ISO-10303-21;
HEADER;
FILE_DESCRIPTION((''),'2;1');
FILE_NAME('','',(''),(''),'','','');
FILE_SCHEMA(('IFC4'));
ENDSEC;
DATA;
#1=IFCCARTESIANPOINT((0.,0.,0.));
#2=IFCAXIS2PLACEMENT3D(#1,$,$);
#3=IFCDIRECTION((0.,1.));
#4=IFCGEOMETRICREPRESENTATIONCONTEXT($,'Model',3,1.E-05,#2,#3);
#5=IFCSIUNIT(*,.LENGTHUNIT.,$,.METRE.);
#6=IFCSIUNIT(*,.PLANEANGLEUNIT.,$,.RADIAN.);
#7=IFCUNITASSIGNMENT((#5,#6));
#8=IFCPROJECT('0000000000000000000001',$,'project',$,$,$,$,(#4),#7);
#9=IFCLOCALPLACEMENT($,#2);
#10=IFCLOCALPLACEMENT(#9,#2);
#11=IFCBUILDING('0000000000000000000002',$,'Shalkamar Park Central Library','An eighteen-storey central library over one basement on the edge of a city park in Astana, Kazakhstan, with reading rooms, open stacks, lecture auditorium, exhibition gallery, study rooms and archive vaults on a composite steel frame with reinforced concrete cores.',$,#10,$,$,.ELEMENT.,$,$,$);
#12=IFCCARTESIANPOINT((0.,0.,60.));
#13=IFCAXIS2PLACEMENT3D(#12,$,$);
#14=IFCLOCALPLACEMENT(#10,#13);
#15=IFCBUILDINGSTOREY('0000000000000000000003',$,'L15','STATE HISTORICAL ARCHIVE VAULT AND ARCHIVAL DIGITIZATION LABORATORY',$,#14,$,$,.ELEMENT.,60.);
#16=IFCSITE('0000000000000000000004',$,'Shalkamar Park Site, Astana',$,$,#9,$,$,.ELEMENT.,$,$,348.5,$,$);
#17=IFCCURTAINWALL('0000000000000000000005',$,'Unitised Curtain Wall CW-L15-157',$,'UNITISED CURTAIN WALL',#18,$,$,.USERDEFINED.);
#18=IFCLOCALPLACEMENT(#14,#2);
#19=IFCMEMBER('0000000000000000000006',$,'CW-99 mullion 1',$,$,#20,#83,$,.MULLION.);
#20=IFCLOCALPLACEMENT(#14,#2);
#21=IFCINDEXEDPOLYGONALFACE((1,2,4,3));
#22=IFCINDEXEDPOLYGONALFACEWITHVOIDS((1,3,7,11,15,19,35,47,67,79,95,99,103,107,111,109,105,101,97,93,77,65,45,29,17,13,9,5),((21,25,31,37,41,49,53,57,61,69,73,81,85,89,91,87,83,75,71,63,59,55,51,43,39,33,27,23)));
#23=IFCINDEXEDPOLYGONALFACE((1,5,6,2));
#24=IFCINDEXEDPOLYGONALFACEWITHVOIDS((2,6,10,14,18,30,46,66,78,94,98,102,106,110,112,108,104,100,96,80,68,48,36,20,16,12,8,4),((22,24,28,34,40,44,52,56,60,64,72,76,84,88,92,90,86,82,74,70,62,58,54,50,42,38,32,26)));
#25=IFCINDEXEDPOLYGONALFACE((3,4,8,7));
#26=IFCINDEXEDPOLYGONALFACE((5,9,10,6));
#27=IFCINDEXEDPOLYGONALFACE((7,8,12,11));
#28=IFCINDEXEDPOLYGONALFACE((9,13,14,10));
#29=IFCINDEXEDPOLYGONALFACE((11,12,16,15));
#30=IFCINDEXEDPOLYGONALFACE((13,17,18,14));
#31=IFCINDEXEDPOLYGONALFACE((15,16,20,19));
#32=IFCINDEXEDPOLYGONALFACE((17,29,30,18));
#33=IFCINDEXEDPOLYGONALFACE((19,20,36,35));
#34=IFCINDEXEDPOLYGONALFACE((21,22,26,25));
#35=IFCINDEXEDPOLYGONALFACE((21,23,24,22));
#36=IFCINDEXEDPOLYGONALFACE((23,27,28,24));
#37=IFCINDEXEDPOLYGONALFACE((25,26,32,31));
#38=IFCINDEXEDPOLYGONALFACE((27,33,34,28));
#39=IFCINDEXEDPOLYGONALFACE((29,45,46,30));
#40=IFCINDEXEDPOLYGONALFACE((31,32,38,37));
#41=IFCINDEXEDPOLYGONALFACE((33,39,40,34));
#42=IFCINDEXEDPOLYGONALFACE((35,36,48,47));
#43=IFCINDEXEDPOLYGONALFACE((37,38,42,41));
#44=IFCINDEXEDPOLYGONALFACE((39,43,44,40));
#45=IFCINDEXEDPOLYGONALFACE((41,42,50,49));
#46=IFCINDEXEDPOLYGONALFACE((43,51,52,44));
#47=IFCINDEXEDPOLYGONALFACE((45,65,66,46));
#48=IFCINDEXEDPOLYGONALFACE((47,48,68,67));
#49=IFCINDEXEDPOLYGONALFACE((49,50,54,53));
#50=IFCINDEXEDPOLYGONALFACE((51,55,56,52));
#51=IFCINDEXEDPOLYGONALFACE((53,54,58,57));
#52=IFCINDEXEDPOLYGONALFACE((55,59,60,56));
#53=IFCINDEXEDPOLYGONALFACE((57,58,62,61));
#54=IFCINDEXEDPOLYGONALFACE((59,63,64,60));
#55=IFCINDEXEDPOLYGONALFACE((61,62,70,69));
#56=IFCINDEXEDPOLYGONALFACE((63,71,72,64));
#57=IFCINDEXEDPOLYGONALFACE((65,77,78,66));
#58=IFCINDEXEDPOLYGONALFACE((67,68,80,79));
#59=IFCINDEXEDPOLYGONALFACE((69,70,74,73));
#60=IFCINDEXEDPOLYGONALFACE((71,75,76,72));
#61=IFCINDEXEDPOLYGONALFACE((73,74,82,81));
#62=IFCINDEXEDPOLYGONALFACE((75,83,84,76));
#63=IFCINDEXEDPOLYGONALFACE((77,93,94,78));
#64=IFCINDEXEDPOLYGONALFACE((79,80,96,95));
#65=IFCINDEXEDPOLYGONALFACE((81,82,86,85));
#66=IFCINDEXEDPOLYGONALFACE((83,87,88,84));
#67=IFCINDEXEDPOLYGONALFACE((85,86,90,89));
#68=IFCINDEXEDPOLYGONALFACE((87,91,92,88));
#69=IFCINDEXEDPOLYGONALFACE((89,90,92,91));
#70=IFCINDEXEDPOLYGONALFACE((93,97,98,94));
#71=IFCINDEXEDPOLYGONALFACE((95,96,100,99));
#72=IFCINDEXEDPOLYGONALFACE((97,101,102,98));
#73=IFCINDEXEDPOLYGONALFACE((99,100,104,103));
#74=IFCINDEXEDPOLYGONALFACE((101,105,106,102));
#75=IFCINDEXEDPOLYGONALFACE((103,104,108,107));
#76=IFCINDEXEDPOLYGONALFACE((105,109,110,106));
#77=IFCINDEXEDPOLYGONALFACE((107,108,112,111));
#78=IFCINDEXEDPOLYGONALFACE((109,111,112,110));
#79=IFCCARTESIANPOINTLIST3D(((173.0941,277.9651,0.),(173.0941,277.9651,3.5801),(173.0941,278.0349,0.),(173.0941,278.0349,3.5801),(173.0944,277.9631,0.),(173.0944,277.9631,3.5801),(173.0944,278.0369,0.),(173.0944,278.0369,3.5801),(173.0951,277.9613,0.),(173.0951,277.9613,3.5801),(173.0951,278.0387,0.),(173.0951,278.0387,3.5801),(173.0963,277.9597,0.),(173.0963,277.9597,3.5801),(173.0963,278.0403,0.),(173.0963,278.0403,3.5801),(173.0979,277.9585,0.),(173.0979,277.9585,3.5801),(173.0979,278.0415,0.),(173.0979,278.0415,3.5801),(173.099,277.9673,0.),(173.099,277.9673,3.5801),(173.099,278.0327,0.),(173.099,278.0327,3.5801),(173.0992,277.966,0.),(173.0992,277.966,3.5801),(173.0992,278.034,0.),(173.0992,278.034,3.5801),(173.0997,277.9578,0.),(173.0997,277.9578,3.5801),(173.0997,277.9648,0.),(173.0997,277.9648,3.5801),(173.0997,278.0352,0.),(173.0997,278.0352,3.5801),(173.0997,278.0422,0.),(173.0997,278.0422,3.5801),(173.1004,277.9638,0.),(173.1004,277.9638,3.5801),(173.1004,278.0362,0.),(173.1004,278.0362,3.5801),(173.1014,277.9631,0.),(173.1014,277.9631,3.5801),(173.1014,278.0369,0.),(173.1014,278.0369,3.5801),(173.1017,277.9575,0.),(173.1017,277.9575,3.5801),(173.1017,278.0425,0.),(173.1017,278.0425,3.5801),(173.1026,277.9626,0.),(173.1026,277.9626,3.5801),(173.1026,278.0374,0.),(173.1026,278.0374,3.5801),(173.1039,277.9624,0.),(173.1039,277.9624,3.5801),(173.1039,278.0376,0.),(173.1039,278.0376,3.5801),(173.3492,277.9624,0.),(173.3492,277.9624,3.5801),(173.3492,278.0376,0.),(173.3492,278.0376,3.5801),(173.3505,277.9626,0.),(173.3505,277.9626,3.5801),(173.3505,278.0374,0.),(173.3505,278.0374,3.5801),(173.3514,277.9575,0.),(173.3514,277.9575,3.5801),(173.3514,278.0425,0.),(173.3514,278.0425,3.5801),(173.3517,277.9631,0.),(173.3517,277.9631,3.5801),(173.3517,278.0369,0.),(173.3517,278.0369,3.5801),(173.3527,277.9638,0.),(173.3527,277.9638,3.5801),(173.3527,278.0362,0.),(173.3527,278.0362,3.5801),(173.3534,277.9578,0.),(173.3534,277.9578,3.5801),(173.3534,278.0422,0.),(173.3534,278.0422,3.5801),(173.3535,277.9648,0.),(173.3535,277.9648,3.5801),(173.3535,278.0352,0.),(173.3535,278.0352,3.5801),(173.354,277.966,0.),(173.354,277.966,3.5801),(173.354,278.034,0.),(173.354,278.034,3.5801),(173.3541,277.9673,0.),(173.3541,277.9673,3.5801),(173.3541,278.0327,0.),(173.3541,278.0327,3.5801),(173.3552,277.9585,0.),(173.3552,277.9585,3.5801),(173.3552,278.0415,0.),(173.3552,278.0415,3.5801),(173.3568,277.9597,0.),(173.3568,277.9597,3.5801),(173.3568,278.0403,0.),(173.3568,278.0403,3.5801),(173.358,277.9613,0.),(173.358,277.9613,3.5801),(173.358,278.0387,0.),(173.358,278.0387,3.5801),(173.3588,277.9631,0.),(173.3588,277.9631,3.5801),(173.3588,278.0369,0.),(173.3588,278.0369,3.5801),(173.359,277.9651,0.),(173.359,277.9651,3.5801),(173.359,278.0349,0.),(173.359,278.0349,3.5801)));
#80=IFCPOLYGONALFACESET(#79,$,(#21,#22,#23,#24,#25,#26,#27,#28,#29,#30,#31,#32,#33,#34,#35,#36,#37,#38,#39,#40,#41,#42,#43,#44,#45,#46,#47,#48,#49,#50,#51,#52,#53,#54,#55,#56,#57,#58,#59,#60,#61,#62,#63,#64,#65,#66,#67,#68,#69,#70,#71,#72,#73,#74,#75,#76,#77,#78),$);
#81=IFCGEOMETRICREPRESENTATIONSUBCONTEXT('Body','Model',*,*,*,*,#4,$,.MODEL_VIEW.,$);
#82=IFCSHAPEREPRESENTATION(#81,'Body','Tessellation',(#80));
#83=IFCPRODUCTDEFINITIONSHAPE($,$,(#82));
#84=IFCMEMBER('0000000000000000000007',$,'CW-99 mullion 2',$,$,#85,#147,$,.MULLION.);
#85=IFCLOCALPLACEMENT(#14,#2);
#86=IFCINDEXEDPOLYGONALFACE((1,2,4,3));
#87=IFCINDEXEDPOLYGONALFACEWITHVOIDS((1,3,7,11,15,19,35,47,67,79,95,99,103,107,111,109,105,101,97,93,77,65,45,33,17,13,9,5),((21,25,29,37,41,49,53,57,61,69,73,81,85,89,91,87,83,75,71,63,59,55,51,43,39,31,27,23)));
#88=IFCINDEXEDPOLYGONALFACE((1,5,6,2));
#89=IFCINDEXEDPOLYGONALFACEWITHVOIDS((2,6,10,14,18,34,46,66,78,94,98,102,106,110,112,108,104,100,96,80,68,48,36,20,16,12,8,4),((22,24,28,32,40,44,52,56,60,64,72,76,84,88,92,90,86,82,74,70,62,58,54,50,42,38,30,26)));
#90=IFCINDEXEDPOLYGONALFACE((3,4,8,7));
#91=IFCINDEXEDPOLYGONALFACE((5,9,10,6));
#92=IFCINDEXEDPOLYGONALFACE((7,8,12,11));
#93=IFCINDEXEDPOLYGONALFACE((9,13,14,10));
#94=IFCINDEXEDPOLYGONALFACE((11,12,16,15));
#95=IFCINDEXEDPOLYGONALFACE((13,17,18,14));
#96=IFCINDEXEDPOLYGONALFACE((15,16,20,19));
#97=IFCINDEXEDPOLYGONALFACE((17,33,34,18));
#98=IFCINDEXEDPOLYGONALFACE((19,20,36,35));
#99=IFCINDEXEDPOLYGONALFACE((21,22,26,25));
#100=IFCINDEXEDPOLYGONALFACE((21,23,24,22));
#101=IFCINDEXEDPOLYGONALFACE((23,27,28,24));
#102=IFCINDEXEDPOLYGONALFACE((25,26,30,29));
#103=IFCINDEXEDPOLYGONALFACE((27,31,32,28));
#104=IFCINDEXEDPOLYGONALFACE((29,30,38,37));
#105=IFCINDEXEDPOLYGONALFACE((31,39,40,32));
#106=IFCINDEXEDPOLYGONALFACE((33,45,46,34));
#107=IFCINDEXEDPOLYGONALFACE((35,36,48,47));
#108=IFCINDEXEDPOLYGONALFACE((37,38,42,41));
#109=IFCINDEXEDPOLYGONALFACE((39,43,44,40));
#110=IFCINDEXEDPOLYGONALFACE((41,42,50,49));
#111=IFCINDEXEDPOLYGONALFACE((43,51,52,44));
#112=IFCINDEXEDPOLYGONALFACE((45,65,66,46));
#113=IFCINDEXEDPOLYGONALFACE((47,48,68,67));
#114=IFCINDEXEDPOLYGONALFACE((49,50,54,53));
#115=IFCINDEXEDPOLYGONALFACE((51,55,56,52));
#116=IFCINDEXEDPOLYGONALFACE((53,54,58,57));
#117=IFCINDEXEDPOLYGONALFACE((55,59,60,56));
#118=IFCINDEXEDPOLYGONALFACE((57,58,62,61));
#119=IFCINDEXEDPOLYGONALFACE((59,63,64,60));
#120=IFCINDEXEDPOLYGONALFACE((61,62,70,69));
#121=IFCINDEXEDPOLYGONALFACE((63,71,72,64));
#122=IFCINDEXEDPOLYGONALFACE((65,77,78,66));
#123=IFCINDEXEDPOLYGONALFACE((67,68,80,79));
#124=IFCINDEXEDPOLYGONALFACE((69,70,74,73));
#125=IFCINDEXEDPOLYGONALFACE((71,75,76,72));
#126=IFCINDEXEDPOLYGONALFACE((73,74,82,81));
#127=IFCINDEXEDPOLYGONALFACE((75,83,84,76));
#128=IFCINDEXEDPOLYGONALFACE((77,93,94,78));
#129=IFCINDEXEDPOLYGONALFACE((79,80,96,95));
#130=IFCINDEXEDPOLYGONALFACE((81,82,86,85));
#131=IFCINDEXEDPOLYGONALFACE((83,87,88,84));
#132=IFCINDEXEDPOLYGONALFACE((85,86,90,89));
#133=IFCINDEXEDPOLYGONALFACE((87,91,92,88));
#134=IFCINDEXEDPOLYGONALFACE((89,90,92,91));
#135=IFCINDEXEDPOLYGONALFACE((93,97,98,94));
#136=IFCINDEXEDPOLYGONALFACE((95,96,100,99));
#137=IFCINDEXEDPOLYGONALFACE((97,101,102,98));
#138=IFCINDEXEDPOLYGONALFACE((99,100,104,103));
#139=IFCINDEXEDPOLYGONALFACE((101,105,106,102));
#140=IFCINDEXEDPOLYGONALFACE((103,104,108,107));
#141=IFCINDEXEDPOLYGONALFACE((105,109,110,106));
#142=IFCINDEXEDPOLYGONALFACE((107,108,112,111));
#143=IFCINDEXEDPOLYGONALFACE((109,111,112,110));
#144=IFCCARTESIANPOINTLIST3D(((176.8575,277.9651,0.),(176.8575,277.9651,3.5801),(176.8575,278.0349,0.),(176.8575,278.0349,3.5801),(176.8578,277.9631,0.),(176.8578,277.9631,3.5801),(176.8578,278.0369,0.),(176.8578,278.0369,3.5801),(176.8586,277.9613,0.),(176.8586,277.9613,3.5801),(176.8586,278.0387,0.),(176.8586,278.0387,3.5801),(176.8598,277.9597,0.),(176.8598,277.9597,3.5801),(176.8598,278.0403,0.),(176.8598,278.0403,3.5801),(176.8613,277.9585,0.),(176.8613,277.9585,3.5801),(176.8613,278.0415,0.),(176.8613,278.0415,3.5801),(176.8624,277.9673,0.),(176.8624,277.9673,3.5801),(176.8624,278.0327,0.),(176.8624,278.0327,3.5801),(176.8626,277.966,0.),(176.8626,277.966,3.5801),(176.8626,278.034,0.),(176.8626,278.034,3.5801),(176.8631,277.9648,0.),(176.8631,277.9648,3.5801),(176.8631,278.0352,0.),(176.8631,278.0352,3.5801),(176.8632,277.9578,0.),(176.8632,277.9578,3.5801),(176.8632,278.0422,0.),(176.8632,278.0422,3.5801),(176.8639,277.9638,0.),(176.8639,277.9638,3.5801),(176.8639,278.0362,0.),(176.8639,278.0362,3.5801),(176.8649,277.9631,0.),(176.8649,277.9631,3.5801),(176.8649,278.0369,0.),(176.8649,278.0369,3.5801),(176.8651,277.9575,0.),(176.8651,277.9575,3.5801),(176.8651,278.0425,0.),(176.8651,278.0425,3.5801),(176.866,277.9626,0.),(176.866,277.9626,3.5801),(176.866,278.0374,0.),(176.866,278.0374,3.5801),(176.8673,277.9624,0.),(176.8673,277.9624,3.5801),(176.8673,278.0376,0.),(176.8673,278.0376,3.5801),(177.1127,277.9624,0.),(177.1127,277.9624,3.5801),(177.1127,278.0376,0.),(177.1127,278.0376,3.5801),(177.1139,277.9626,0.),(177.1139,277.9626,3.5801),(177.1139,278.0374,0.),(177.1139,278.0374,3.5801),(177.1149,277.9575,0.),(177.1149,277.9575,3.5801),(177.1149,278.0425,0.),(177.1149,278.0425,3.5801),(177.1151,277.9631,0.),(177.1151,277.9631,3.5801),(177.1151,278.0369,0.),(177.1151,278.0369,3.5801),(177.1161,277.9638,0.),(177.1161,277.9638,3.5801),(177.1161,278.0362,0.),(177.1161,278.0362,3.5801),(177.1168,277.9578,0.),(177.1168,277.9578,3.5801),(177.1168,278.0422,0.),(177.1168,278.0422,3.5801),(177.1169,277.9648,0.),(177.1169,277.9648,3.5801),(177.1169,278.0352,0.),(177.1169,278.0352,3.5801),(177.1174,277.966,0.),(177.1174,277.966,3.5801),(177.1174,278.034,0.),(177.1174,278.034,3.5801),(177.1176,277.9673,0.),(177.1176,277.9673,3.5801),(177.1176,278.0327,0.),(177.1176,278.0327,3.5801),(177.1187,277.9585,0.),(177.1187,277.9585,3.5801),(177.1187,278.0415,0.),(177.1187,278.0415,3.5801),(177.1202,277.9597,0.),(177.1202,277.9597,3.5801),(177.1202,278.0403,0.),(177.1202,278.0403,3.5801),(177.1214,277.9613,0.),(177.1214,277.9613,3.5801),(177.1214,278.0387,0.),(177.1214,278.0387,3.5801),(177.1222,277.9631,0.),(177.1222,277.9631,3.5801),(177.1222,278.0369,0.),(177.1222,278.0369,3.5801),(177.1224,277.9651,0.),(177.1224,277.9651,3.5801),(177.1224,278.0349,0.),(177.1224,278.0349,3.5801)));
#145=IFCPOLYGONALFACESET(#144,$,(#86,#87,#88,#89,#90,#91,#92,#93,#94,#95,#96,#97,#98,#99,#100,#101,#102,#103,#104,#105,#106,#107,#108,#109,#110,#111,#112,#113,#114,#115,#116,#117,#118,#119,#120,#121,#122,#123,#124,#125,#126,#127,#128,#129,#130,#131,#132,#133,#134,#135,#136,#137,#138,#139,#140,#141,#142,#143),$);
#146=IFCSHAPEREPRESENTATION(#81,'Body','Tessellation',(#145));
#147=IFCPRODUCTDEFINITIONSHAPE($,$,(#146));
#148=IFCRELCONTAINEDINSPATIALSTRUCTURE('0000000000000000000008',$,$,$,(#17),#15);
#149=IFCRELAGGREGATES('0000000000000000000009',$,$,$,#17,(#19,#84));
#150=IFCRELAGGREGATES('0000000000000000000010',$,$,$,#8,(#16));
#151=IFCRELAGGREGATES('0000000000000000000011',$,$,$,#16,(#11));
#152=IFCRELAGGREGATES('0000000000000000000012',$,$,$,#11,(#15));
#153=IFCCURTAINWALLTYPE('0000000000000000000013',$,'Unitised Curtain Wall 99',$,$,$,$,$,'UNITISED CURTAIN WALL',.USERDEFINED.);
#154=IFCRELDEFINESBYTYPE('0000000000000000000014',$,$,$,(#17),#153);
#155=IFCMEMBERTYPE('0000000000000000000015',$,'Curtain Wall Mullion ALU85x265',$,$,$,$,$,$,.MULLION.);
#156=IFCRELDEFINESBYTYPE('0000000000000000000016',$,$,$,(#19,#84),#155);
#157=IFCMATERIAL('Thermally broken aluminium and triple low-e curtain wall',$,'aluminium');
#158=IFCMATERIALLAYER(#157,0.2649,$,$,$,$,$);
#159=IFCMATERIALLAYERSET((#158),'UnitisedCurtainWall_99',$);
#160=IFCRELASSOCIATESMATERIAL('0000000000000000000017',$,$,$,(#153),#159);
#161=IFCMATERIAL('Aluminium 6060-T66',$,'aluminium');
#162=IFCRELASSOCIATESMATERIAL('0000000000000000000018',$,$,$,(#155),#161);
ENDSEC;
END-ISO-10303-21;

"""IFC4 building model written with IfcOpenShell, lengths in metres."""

from ifc_helpers import new_model, si_unit, direction, frame, origin, origin_2d, place, context, subcontext, project, spatial, hollow_rectangle, extrude, material, layer, layer_set, material_profile, profile_set, type_object, element, aggregate, save


model = new_model("IFC4")

# Units and contexts
model_context = context("Model", 3, precision=1e-05, world=origin(), true_north=direction((0.0, 1.0)))
body_context = subcontext(model_context, "Body", "Model", "MODEL_VIEW")
ifc_project = project(units=[si_unit("LENGTHUNIT", "METRE"), si_unit("PLANEANGLEUNIT", "RADIAN")], contexts=[model_context])

# Site, building, storey
site_placement = place(None, origin())
site = spatial("IfcSite", under=ifc_project, at=site_placement, Name="Shalkamar Park Site, Astana", CompositionType="ELEMENT", RefElevation=348.5)
building_placement = place(site_placement, origin())
building = spatial("IfcBuilding", under=site, at=building_placement, Name="Shalkamar Park Central Library", Description="An eighteen-storey central library over one basement on the edge of a city park in Astana, Kazakhstan, with reading rooms, open stacks, lecture auditorium, exhibition gallery, study rooms and archive vaults on a composite steel frame with reinforced concrete cores.", CompositionType="ELEMENT")
storey_placement = place(building_placement, frame((0.0, 0.0, 60.0)))
storey = spatial("IfcBuildingStorey", under=building, at=storey_placement, Name="L15", Description="STATE HISTORICAL ARCHIVE VAULT AND ARCHIVAL DIGITIZATION LABORATORY", CompositionType="ELEMENT", Elevation=60.0)

# Curtain wall, members
ifc_material_1 = material(Name="Thermally broken aluminium and triple low-e curtain wall", Category="aluminium")
ifc_material_2 = material(Name="Aluminium 6060-T66", Category="aluminium")
ifc_layer_1 = layer(ifc_material_1, 0.2649)
ifc_layer_set_1 = layer_set([ifc_layer_1], Name="UnitisedCurtainWall_99")
curtain_wall_type_1 = type_object("IfcCurtainWallType", Name="Unitised Curtain Wall 99", ElementType="UNITISED CURTAIN WALL", PredefinedType="USERDEFINED", material=ifc_layer_set_1)
curtain_wall_1_placement = place(storey_placement, origin())
curtain_wall_1 = element("IfcCurtainWall", 1, at=curtain_wall_1_placement, inside=storey, type_object=curtain_wall_type_1, Name="Unitised Curtain Wall CW-L15-157", ObjectType="UNITISED CURTAIN WALL", PredefinedType="USERDEFINED")
ifc_material_profile_1 = material_profile(ifc_material_2, hollow_rectangle(XDim=0.085, YDim=0.2649, WallThickness=0.0049, InnerFilletRadius=0.0049, OuterFilletRadius=0.0076, at=origin_2d()), Name="ALU 85x265x5")
ifc_profile_set_1 = profile_set([ifc_material_profile_1], Name="Aluminium 6060-T66")
member_type_1 = type_object("IfcMemberType", Name="Curtain Wall Mullion ALU85x265", PredefinedType="MULLION", material=ifc_profile_set_1)
member_1_placement = place(storey_placement, frame((173.2266, 278.0, 0.0), z_axis=(0.0, 0.0, 1.0), x_axis=(0.0, 1.0, 0.0)))
member_1 = element("IfcMember", 2, at=member_1_placement, type_object=member_type_1, Name="CW-99 mullion 1", PredefinedType="MULLION", context=body_context, shape_type="SweptSolid", body=[
    extrude(hollow_rectangle(XDim=0.085, YDim=0.2649, WallThickness=0.0049, InnerFilletRadius=0.0049, OuterFilletRadius=0.0076, at=origin_2d()), origin(), (0.0, 0.0, 1.0), 3.5801),
])
member_2_placement = place(storey_placement, frame((176.99, 278.0, 0.0), z_axis=(0.0, 0.0, 1.0), x_axis=(0.0, 1.0, 0.0)))
member_2 = element("IfcMember", 3, at=member_2_placement, type_object=member_type_1, Name="CW-99 mullion 2", PredefinedType="MULLION", context=body_context, shape_type="SweptSolid", body=[
    extrude(hollow_rectangle(XDim=0.085, YDim=0.2649, WallThickness=0.0049, InnerFilletRadius=0.0049, OuterFilletRadius=0.0076, at=origin_2d()), origin(), (0.0, 0.0, 1.0), 3.5801),
])

aggregate(curtain_wall_1, [member_1, member_2])

save(model, "model.ifc")
